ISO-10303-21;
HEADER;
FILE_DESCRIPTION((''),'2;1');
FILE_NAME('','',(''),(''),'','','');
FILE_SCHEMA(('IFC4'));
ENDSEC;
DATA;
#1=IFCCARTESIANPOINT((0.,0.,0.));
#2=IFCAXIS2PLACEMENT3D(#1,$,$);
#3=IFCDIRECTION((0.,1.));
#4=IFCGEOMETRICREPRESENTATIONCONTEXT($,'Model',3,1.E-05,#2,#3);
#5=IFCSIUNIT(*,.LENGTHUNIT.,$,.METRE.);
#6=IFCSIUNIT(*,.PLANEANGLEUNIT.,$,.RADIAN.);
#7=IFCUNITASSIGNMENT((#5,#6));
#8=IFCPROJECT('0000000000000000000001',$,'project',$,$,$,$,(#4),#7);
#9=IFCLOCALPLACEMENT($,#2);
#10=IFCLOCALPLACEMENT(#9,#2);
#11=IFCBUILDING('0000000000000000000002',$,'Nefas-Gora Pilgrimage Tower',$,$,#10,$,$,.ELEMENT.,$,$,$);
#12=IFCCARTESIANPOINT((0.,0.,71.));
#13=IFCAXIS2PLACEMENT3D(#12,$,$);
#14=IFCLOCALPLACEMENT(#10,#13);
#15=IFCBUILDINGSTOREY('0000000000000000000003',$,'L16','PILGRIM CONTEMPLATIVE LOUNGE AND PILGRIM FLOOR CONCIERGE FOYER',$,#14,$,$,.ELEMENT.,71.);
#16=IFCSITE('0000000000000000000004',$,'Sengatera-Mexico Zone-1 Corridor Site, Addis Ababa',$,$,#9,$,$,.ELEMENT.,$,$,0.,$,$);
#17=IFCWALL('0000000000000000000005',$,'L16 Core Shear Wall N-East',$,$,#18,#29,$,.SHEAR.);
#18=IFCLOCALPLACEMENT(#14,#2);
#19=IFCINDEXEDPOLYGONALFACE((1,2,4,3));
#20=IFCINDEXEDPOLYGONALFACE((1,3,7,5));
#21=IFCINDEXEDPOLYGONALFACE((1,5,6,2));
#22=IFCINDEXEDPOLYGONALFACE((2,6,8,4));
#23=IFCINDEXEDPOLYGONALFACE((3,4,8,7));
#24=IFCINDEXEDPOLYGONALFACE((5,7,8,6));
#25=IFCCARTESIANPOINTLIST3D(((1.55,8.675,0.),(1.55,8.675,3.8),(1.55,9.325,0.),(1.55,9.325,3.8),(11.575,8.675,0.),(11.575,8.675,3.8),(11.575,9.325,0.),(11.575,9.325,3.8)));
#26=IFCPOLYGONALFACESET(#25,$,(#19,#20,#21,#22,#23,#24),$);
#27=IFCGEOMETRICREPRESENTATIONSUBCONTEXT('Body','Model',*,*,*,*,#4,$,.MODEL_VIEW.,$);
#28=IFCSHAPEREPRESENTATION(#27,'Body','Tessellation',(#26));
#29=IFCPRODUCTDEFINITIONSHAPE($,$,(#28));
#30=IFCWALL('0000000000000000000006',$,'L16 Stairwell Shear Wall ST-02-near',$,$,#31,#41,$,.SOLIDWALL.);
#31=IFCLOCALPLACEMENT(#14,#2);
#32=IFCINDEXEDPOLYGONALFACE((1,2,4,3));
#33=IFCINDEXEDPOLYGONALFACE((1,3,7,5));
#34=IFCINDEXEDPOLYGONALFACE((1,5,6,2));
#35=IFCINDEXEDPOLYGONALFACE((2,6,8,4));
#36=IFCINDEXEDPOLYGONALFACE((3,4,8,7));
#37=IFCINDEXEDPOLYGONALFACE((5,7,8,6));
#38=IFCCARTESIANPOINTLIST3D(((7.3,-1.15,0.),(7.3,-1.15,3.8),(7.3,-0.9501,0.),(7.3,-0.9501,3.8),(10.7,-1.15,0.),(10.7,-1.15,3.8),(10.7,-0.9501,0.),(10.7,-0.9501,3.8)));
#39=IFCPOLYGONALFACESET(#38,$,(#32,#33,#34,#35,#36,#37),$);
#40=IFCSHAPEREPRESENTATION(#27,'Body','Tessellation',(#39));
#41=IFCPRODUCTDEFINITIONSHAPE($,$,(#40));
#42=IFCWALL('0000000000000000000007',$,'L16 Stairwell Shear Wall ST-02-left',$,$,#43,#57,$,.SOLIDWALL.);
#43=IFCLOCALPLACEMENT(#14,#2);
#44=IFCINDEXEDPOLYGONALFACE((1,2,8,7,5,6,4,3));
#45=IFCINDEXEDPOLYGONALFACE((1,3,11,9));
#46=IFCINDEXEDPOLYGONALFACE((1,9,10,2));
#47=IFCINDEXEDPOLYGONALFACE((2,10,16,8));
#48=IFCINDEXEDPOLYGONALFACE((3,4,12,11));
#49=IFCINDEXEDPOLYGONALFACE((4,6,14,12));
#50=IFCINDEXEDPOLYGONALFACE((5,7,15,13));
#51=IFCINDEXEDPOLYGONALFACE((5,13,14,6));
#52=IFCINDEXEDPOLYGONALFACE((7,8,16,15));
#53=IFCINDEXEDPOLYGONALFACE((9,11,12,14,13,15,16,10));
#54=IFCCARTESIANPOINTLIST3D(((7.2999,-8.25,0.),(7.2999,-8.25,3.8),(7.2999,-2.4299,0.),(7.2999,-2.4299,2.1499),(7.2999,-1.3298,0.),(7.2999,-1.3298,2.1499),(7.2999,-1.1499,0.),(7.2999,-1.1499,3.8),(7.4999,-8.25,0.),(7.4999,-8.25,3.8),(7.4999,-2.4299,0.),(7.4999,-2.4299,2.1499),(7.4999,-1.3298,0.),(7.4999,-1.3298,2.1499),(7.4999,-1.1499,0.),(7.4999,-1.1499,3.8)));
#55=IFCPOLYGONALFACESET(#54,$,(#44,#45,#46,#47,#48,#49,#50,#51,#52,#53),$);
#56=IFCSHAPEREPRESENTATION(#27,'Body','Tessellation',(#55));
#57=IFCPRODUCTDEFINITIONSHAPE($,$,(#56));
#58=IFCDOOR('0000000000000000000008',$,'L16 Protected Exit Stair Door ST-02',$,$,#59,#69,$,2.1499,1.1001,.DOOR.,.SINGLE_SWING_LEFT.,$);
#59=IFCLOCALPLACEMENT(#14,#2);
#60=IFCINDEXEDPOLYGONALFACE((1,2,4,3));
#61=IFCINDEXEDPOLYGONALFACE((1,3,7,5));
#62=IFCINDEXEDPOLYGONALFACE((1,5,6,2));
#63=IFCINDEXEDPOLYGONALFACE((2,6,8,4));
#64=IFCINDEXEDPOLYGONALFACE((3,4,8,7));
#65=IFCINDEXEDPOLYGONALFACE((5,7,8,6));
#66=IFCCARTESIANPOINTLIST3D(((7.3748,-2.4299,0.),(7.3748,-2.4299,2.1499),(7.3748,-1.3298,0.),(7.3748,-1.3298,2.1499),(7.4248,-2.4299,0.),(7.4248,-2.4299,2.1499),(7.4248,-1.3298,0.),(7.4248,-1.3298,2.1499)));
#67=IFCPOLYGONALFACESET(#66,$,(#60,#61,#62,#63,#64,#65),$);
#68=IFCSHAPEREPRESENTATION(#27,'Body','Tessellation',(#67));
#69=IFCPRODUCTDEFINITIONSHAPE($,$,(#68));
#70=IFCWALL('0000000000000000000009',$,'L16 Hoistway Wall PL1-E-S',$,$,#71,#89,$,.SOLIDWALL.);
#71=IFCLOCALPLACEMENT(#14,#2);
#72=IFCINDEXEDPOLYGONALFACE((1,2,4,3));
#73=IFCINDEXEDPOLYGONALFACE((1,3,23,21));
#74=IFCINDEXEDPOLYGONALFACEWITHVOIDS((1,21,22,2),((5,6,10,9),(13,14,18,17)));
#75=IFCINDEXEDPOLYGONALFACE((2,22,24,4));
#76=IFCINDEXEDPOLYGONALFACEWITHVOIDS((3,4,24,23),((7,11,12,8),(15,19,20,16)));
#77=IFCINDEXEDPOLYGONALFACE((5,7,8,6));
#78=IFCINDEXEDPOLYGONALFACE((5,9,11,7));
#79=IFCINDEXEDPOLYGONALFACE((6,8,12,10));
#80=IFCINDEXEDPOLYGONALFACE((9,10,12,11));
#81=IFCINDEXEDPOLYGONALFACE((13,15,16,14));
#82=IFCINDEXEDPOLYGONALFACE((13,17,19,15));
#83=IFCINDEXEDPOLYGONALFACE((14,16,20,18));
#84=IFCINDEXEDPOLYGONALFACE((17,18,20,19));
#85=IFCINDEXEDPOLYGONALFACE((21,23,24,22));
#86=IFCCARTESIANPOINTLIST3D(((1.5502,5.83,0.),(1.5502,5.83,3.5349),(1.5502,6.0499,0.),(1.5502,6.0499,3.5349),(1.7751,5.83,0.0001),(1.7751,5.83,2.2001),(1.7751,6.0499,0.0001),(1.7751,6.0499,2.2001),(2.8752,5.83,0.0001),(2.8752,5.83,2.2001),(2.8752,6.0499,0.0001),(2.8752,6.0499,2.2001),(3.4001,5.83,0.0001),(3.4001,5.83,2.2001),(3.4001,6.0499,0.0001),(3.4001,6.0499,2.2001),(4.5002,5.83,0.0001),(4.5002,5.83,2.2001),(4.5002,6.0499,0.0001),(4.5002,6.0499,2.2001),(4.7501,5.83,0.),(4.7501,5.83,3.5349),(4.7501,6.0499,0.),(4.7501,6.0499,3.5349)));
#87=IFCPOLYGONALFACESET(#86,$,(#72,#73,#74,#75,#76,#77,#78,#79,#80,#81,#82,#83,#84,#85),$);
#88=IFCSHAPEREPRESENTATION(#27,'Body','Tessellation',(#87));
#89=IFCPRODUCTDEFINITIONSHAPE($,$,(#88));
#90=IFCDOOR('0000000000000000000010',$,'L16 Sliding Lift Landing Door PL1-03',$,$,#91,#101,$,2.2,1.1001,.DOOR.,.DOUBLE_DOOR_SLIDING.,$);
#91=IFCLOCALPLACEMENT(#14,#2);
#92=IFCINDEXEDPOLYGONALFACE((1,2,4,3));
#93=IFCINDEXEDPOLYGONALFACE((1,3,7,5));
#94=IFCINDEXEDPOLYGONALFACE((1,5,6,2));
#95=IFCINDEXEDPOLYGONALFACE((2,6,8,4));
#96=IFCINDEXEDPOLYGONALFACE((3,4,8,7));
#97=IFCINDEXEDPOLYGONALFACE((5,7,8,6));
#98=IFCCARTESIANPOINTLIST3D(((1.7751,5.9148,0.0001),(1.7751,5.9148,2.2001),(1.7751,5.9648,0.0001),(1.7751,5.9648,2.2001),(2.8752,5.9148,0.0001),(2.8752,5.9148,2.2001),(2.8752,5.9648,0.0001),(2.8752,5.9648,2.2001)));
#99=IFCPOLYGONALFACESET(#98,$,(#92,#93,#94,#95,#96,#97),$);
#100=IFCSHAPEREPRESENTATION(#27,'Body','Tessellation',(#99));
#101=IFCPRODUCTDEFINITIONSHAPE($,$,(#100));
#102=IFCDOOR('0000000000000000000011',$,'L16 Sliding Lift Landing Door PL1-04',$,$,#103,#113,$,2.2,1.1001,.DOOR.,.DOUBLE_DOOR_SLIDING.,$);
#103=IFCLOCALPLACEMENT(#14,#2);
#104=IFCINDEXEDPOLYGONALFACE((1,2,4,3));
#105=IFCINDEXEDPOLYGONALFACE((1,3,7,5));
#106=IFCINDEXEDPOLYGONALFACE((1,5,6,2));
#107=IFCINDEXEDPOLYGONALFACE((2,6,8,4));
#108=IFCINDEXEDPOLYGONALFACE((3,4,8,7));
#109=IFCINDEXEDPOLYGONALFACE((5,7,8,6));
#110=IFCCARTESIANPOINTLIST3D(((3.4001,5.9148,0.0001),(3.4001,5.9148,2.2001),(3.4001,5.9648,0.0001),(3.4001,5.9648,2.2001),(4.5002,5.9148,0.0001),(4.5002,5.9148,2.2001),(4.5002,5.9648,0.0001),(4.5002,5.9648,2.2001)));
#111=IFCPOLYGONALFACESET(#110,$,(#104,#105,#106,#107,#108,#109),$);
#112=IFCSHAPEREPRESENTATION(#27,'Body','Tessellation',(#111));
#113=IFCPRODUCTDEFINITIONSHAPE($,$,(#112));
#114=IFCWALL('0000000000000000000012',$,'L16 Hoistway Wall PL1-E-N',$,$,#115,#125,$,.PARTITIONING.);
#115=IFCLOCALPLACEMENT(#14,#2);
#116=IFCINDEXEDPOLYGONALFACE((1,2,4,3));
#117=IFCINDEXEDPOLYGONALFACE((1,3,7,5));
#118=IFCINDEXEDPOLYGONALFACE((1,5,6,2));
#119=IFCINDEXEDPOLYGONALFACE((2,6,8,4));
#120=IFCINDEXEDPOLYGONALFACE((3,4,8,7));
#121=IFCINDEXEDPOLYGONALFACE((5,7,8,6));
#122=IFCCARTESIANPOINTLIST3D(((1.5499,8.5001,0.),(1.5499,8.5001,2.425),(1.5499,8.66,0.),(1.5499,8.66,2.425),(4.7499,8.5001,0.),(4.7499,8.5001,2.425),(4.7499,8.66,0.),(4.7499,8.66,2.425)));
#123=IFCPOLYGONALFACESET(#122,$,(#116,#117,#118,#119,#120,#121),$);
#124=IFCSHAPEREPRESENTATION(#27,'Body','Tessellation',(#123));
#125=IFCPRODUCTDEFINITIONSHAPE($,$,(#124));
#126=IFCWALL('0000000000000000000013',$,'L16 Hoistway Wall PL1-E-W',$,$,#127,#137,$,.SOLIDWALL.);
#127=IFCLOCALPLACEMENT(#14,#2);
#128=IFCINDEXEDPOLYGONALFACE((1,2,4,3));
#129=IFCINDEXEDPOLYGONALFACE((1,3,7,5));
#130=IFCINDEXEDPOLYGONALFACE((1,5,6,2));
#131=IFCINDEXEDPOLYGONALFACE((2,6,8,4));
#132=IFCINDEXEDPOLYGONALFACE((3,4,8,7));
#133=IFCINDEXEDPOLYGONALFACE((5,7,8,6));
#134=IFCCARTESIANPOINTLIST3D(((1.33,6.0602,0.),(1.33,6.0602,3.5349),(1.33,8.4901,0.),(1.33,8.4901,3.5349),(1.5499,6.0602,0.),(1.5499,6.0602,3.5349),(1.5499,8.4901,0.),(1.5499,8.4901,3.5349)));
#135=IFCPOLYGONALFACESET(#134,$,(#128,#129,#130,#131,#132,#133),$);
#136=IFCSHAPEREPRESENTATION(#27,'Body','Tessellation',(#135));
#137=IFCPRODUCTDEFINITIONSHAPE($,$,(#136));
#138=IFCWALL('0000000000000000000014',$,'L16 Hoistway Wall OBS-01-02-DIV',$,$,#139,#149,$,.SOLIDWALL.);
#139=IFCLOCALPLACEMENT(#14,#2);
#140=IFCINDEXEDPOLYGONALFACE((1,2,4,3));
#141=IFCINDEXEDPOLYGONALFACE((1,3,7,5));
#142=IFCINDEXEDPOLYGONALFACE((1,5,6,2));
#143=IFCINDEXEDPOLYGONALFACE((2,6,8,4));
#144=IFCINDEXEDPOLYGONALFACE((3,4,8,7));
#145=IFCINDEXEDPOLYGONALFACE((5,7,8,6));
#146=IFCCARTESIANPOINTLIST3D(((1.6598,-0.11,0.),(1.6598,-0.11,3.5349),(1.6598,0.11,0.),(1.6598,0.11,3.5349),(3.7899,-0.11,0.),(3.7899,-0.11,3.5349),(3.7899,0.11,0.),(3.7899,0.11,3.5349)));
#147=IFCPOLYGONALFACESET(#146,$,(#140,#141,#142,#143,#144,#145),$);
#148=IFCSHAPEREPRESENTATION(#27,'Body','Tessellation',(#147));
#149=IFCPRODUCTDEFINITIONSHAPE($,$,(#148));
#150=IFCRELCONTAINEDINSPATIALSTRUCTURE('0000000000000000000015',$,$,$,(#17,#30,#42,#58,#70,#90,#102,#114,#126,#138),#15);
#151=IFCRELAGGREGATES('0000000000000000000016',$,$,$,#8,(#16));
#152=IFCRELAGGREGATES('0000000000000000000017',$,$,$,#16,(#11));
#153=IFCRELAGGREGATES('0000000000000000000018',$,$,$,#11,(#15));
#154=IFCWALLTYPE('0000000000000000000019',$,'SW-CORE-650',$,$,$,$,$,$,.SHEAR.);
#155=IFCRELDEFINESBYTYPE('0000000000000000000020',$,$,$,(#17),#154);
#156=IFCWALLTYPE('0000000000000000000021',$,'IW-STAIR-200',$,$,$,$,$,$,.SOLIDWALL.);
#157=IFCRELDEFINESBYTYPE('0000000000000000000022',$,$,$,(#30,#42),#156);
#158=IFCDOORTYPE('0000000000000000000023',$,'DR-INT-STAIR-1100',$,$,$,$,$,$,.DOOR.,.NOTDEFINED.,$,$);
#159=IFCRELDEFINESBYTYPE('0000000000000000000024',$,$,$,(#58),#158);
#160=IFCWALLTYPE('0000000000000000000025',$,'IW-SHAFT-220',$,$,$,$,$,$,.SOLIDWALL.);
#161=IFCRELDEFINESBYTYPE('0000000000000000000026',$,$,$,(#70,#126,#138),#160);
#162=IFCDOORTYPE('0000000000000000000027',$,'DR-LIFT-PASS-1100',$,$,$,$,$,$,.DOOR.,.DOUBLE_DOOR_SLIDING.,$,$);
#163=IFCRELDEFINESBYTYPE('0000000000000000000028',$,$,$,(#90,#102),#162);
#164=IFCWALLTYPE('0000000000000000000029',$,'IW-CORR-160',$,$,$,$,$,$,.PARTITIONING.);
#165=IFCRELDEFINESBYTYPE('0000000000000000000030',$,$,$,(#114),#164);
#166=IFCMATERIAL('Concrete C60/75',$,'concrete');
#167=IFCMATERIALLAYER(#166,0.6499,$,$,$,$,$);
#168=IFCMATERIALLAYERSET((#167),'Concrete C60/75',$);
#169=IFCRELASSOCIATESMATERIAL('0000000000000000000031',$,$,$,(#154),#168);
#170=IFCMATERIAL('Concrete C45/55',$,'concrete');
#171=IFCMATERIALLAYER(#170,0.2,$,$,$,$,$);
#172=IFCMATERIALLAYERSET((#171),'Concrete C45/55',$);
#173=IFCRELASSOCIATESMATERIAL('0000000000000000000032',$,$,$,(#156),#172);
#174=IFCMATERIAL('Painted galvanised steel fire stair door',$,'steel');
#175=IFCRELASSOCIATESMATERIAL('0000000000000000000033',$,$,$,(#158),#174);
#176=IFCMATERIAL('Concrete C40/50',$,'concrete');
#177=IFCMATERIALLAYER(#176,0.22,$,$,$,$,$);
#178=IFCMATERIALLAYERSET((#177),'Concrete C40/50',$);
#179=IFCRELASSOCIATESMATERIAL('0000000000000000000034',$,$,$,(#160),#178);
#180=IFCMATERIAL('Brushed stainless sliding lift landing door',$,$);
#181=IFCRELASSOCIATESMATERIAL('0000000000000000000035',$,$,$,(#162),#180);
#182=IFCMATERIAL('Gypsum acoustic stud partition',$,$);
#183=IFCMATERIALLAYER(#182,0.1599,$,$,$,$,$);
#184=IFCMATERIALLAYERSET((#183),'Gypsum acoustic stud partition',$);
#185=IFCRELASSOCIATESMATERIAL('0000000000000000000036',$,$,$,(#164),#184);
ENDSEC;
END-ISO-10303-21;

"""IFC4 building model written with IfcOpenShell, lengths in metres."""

from ifc_helpers import new_model, si_unit, direction, frame, frame_2d, origin, place, context, subcontext, project, spatial, rectangle, extrude, source, transform, mapped, material, layer, layer_set, type_object, element, fill, save


model = new_model("IFC4")

# Units and contexts
model_context = context("Model", 3, precision=1e-05, world=origin(), true_north=direction((0.0, 1.0)))
body_context = subcontext(model_context, "Body", "Model", "MODEL_VIEW")
ifc_project = project(units=[si_unit("LENGTHUNIT", "METRE"), si_unit("PLANEANGLEUNIT", "RADIAN")], contexts=[model_context])

# Site, building, storey
site_placement = place(None, origin())
site = spatial("IfcSite", under=ifc_project, at=site_placement, Name="Sengatera-Mexico Zone-1 Corridor Site, Addis Ababa", CompositionType="ELEMENT", RefElevation=0.0)
building_placement = place(site_placement, origin())
building = spatial("IfcBuilding", under=site, at=building_placement, Name="Nefas-Gora Pilgrimage Tower", CompositionType="ELEMENT")
storey_placement = place(building_placement, frame((0.0, 0.0, 71.0)))
storey = spatial("IfcBuildingStorey", under=building, at=storey_placement, Name="L16", Description="PILGRIM CONTEMPLATIVE LOUNGE AND PILGRIM FLOOR CONCIERGE FOYER", CompositionType="ELEMENT", Elevation=71.0)

# Walls
ifc_material_1 = material(Name="Concrete C60/75", Category="concrete")
ifc_layer_1 = layer(ifc_material_1, 0.6499)
ifc_layer_set_1 = layer_set([ifc_layer_1], Name="Concrete C60/75")
wall_type_1 = type_object("IfcWallType", Name="SW-CORE-650", PredefinedType="SHEAR", material=ifc_layer_set_1)
shared_shape_1 = source(origin(), body_context, "Body", "SweptSolid", [
    extrude(rectangle(XDim=10.0249, YDim=0.6499, at=frame_2d((5.0125, 0.0))), origin(), (0.0, 0.0, 1.0), 3.8),
])
wall_1_placement = place(storey_placement, frame((1.55, 9.0, 0.0), z_axis=(0.0, 0.0, 1.0), x_axis=(1.0, 0.0, 0.0)))
element("IfcWall", 1, at=wall_1_placement, inside=storey, type_object=wall_type_1, Name="L16 Core Shear Wall N-East", PredefinedType="SHEAR", context=body_context, shape_type="MappedRepresentation", body=[
    mapped(shared_shape_1, transform((0.0, 0.0, 0.0), x_axis=(1.0, 0.0, 0.0), y_axis=(0.0, 1.0, 0.0), z_axis=(0.0, 0.0, 1.0), scale=1.0)),
])
ifc_material_2 = material(Name="Concrete C45/55", Category="concrete")
ifc_layer_2 = layer(ifc_material_2, 0.2)
ifc_layer_set_2 = layer_set([ifc_layer_2], Name="Concrete C45/55")
wall_type_2 = type_object("IfcWallType", Name="IW-STAIR-200", PredefinedType="SOLIDWALL", material=ifc_layer_set_2)
shared_shape_2 = source(origin(), body_context, "Body", "SweptSolid", [
    extrude(rectangle(XDim=3.3999, YDim=0.2, at=frame_2d((1.7, 0.0))), origin(), (0.0, 0.0, 1.0), 3.8),
])
wall_2_placement = place(storey_placement, frame((7.3, -1.05, 0.0), z_axis=(0.0, 0.0, 1.0), x_axis=(1.0, 0.0, 0.0)))
element("IfcWall", 2, at=wall_2_placement, inside=storey, type_object=wall_type_2, Name="L16 Stairwell Shear Wall ST-02-near", PredefinedType="SOLIDWALL", context=body_context, shape_type="MappedRepresentation", body=[
    mapped(shared_shape_2, transform((0.0, 0.0, 0.0), x_axis=(1.0, 0.0, 0.0), y_axis=(0.0, 1.0, 0.0), z_axis=(0.0, 0.0, 1.0), scale=1.0)),
])

# Wall, opening, door
shared_shape_3 = source(origin(), body_context, "Body", "SweptSolid", [
    extrude(rectangle(XDim=7.1001, YDim=0.2, at=frame_2d((3.55, 0.0))), origin(), (0.0, 0.0, 1.0), 3.8),
])
wall_3_placement = place(storey_placement, frame((7.3999, -1.1499, 0.0), z_axis=(0.0, 0.0, 1.0), x_axis=(0.0, -1.0, 0.0)))
wall_3 = element("IfcWall", 3, at=wall_3_placement, inside=storey, type_object=wall_type_2, Name="L16 Stairwell Shear Wall ST-02-left", PredefinedType="SOLIDWALL", context=body_context, shape_type="MappedRepresentation", body=[
    mapped(shared_shape_3, transform((0.0, 0.0, 0.0), x_axis=(1.0, 0.0, 0.0), y_axis=(0.0, 1.0, 0.0), z_axis=(0.0, 0.0, 1.0), scale=1.0)),
])
opening_1_placement = place(wall_3_placement, frame((0.1799, 0.0, 0.0)))
opening_1 = element("IfcOpeningElement", 4, at=opening_1_placement, cuts=wall_3, PredefinedType="OPENING", context=body_context, shape_type="SweptSolid", body=[
    extrude(rectangle(XDim=1.1001, YDim=2.1499, at=frame_2d((0.55, 1.075))), frame((0.0, 0.1099, 0.0), z_axis=(0.0, -1.0, 0.0), x_axis=(1.0, 0.0, 0.0)), (0.0, 0.0, 1.0), 0.22),
])
ifc_material_3 = material(Name="Painted galvanised steel fire stair door", Category="steel")
door_type_1 = type_object("IfcDoorType", Name="DR-INT-STAIR-1100", OperationType="NOTDEFINED", PredefinedType="DOOR", material=ifc_material_3)
shared_shape_4 = source(origin(), body_context, "Body", "SweptSolid", [
    extrude(rectangle(XDim=1.1001, YDim=2.1499, at=frame_2d((0.55, 1.075))), frame((0.0, 0.0249, 0.0), z_axis=(0.0, -1.0, 0.0), x_axis=(1.0, 0.0, 0.0)), (0.0, 0.0, 1.0), 0.05),
])
door_1_placement = place(opening_1_placement, origin())
door_1 = element("IfcDoor", 5, at=door_1_placement, inside=storey, type_object=door_type_1, Name="L16 Protected Exit Stair Door ST-02", OperationType="SINGLE_SWING_LEFT", OverallHeight=2.1499, OverallWidth=1.1001, PredefinedType="DOOR", context=body_context, shape_type="MappedRepresentation", body=[
    mapped(shared_shape_4, transform((0.0, 0.0, 0.0), x_axis=(1.0, 0.0, 0.0), y_axis=(0.0, 1.0, 0.0), z_axis=(0.0, 0.0, 1.0), scale=1.0)),
])
fill(opening_1, door_1)

# Wall, openings, doors
ifc_material_4 = material(Name="Concrete C40/50", Category="concrete")
ifc_layer_3 = layer(ifc_material_4, 0.22)
ifc_layer_set_3 = layer_set([ifc_layer_3], Name="Concrete C40/50")
wall_type_3 = type_object("IfcWallType", Name="IW-SHAFT-220", PredefinedType="SOLIDWALL", material=ifc_layer_set_3)
shared_shape_5 = source(origin(), body_context, "Body", "SweptSolid", [
    extrude(rectangle(XDim=3.2, YDim=0.22, at=frame_2d((1.6001, 0.0))), origin(), (0.0, 0.0, 1.0), 3.5349),
])
wall_4_placement = place(storey_placement, frame((1.55, 5.9399, 0.0), z_axis=(0.0, 0.0, 1.0), x_axis=(1.0, 0.0, 0.0)))
wall_4 = element("IfcWall", 6, at=wall_4_placement, inside=storey, type_object=wall_type_3, Name="L16 Hoistway Wall PL1-E-S", PredefinedType="SOLIDWALL", context=body_context, shape_type="MappedRepresentation", body=[
    mapped(shared_shape_5, transform((0.0, 0.0, 0.0), x_axis=(1.0, 0.0, 0.0), y_axis=(0.0, 1.0, 0.0), z_axis=(0.0, 0.0, 1.0), scale=1.0)),
])
opening_2_placement = place(wall_4_placement, frame((0.2251, 0.0, 0.0)))
opening_2 = element("IfcOpeningElement", 7, at=opening_2_placement, cuts=wall_4, PredefinedType="OPENING", context=body_context, shape_type="SweptSolid", body=[
    extrude(rectangle(XDim=1.1001, YDim=2.2, at=frame_2d((0.55, 1.1001))), frame((0.0, 0.1199, 0.0), z_axis=(0.0, -1.0, 0.0), x_axis=(1.0, 0.0, 0.0)), (0.0, 0.0, 1.0), 0.24),
])
opening_3_placement = place(wall_4_placement, frame((1.8501, 0.0, 0.0)))
opening_3 = element("IfcOpeningElement", 8, at=opening_3_placement, cuts=wall_4, PredefinedType="OPENING", context=body_context, shape_type="SweptSolid", body=[
    extrude(rectangle(XDim=1.1001, YDim=2.2, at=frame_2d((0.55, 1.1001))), frame((0.0, 0.1199, 0.0), z_axis=(0.0, -1.0, 0.0), x_axis=(1.0, 0.0, 0.0)), (0.0, 0.0, 1.0), 0.24),
])
ifc_material_5 = material(Name="Brushed stainless sliding lift landing door")
door_type_2 = type_object("IfcDoorType", Name="DR-LIFT-PASS-1100", OperationType="DOUBLE_DOOR_SLIDING", PredefinedType="DOOR", material=ifc_material_5)
shared_shape_6 = source(origin(), body_context, "Body", "SweptSolid", [
    extrude(rectangle(XDim=1.1001, YDim=2.2, at=frame_2d((0.55, 1.1001))), frame((0.0, 0.0249, 0.0), z_axis=(0.0, -1.0, 0.0), x_axis=(1.0, 0.0, 0.0)), (0.0, 0.0, 1.0), 0.05),
])
door_2_placement = place(opening_2_placement, origin())
door_2 = element("IfcDoor", 9, at=door_2_placement, inside=storey, type_object=door_type_2, Name="L16 Sliding Lift Landing Door PL1-03", OperationType="DOUBLE_DOOR_SLIDING", OverallHeight=2.2, OverallWidth=1.1001, PredefinedType="DOOR", context=body_context, shape_type="MappedRepresentation", body=[
    mapped(shared_shape_6, transform((0.0, 0.0, 0.0), x_axis=(1.0, 0.0, 0.0), y_axis=(0.0, 1.0, 0.0), z_axis=(0.0, 0.0, 1.0), scale=1.0)),
])
fill(opening_2, door_2)
door_3_placement = place(opening_3_placement, origin())
door_3 = element("IfcDoor", 10, at=door_3_placement, inside=storey, type_object=door_type_2, Name="L16 Sliding Lift Landing Door PL1-04", OperationType="DOUBLE_DOOR_SLIDING", OverallHeight=2.2, OverallWidth=1.1001, PredefinedType="DOOR", context=body_context, shape_type="MappedRepresentation", body=[
    mapped(shared_shape_6, transform((0.0, 0.0, 0.0), x_axis=(1.0, 0.0, 0.0), y_axis=(0.0, 1.0, 0.0), z_axis=(0.0, 0.0, 1.0), scale=1.0)),
])
fill(opening_3, door_3)

# Walls
ifc_material_6 = material(Name="Gypsum acoustic stud partition")
ifc_layer_4 = layer(ifc_material_6, 0.1599)
ifc_layer_set_4 = layer_set([ifc_layer_4], Name="Gypsum acoustic stud partition")
wall_type_4 = type_object("IfcWallType", Name="IW-CORR-160", PredefinedType="PARTITIONING", material=ifc_layer_set_4)
shared_shape_7 = source(origin(), body_context, "Body", "SweptSolid", [
    extrude(rectangle(XDim=3.2, YDim=0.1599, at=frame_2d((1.6001, 0.0))), origin(), (0.0, 0.0, 1.0), 2.425),
])
wall_5_placement = place(storey_placement, frame((4.75, 8.5801, 0.0), z_axis=(0.0, 0.0, 1.0), x_axis=(-1.0, 0.0, 0.0)))
element("IfcWall", 11, at=wall_5_placement, inside=storey, type_object=wall_type_4, Name="L16 Hoistway Wall PL1-E-N", PredefinedType="PARTITIONING", context=body_context, shape_type="MappedRepresentation", body=[
    mapped(shared_shape_7, transform((0.0, 0.0, 0.0), x_axis=(1.0, 0.0, 0.0), y_axis=(0.0, 1.0, 0.0), z_axis=(0.0, 0.0, 1.0), scale=1.0)),
])
shared_shape_8 = source(origin(), body_context, "Body", "SweptSolid", [
    extrude(rectangle(XDim=2.4299, YDim=0.22, at=frame_2d((1.2148, 0.0))), origin(), (0.0, 0.0, 1.0), 3.5349),
])
for number, where, z_axis, x_axis, name in (
    (12, (1.4399, 8.49, 0.0), (0.0, 0.0, 1.0), (0.0, -1.0, 0.0), "L16 Hoistway Wall PL1-E-W"),
):
    element("IfcWall", number, at=place(storey_placement, frame(where, z_axis=z_axis, x_axis=x_axis)), inside=storey, type_object=wall_type_3, Name=name, PredefinedType="SOLIDWALL", context=body_context, shape_type="MappedRepresentation", body=[
        mapped(shared_shape_8, transform((0.0, 0.0, 0.0), x_axis=(1.0, 0.0, 0.0), y_axis=(0.0, 1.0, 0.0), z_axis=(0.0, 0.0, 1.0), scale=1.0)),
    ])
shared_shape_9 = source(origin(), body_context, "Body", "SweptSolid", [
    extrude(rectangle(XDim=2.1301, YDim=0.22, at=frame_2d((1.0649, 0.0))), origin(), (0.0, 0.0, 1.0), 3.5349),
])
for number, where, z_axis, x_axis, name in (
    (13, (1.6599, 0.0, 0.0), (0.0, 0.0, 1.0), (1.0, 0.0, 0.0), "L16 Hoistway Wall OBS-01-02-DIV"),
):
    element("IfcWall", number, at=place(storey_placement, frame(where, z_axis=z_axis, x_axis=x_axis)), inside=storey, type_object=wall_type_3, Name=name, PredefinedType="SOLIDWALL", context=body_context, shape_type="MappedRepresentation", body=[
        mapped(shared_shape_9, transform((0.0, 0.0, 0.0), x_axis=(1.0, 0.0, 0.0), y_axis=(0.0, 1.0, 0.0), z_axis=(0.0, 0.0, 1.0), scale=1.0)),
    ])

save(model, "model.ifc")
